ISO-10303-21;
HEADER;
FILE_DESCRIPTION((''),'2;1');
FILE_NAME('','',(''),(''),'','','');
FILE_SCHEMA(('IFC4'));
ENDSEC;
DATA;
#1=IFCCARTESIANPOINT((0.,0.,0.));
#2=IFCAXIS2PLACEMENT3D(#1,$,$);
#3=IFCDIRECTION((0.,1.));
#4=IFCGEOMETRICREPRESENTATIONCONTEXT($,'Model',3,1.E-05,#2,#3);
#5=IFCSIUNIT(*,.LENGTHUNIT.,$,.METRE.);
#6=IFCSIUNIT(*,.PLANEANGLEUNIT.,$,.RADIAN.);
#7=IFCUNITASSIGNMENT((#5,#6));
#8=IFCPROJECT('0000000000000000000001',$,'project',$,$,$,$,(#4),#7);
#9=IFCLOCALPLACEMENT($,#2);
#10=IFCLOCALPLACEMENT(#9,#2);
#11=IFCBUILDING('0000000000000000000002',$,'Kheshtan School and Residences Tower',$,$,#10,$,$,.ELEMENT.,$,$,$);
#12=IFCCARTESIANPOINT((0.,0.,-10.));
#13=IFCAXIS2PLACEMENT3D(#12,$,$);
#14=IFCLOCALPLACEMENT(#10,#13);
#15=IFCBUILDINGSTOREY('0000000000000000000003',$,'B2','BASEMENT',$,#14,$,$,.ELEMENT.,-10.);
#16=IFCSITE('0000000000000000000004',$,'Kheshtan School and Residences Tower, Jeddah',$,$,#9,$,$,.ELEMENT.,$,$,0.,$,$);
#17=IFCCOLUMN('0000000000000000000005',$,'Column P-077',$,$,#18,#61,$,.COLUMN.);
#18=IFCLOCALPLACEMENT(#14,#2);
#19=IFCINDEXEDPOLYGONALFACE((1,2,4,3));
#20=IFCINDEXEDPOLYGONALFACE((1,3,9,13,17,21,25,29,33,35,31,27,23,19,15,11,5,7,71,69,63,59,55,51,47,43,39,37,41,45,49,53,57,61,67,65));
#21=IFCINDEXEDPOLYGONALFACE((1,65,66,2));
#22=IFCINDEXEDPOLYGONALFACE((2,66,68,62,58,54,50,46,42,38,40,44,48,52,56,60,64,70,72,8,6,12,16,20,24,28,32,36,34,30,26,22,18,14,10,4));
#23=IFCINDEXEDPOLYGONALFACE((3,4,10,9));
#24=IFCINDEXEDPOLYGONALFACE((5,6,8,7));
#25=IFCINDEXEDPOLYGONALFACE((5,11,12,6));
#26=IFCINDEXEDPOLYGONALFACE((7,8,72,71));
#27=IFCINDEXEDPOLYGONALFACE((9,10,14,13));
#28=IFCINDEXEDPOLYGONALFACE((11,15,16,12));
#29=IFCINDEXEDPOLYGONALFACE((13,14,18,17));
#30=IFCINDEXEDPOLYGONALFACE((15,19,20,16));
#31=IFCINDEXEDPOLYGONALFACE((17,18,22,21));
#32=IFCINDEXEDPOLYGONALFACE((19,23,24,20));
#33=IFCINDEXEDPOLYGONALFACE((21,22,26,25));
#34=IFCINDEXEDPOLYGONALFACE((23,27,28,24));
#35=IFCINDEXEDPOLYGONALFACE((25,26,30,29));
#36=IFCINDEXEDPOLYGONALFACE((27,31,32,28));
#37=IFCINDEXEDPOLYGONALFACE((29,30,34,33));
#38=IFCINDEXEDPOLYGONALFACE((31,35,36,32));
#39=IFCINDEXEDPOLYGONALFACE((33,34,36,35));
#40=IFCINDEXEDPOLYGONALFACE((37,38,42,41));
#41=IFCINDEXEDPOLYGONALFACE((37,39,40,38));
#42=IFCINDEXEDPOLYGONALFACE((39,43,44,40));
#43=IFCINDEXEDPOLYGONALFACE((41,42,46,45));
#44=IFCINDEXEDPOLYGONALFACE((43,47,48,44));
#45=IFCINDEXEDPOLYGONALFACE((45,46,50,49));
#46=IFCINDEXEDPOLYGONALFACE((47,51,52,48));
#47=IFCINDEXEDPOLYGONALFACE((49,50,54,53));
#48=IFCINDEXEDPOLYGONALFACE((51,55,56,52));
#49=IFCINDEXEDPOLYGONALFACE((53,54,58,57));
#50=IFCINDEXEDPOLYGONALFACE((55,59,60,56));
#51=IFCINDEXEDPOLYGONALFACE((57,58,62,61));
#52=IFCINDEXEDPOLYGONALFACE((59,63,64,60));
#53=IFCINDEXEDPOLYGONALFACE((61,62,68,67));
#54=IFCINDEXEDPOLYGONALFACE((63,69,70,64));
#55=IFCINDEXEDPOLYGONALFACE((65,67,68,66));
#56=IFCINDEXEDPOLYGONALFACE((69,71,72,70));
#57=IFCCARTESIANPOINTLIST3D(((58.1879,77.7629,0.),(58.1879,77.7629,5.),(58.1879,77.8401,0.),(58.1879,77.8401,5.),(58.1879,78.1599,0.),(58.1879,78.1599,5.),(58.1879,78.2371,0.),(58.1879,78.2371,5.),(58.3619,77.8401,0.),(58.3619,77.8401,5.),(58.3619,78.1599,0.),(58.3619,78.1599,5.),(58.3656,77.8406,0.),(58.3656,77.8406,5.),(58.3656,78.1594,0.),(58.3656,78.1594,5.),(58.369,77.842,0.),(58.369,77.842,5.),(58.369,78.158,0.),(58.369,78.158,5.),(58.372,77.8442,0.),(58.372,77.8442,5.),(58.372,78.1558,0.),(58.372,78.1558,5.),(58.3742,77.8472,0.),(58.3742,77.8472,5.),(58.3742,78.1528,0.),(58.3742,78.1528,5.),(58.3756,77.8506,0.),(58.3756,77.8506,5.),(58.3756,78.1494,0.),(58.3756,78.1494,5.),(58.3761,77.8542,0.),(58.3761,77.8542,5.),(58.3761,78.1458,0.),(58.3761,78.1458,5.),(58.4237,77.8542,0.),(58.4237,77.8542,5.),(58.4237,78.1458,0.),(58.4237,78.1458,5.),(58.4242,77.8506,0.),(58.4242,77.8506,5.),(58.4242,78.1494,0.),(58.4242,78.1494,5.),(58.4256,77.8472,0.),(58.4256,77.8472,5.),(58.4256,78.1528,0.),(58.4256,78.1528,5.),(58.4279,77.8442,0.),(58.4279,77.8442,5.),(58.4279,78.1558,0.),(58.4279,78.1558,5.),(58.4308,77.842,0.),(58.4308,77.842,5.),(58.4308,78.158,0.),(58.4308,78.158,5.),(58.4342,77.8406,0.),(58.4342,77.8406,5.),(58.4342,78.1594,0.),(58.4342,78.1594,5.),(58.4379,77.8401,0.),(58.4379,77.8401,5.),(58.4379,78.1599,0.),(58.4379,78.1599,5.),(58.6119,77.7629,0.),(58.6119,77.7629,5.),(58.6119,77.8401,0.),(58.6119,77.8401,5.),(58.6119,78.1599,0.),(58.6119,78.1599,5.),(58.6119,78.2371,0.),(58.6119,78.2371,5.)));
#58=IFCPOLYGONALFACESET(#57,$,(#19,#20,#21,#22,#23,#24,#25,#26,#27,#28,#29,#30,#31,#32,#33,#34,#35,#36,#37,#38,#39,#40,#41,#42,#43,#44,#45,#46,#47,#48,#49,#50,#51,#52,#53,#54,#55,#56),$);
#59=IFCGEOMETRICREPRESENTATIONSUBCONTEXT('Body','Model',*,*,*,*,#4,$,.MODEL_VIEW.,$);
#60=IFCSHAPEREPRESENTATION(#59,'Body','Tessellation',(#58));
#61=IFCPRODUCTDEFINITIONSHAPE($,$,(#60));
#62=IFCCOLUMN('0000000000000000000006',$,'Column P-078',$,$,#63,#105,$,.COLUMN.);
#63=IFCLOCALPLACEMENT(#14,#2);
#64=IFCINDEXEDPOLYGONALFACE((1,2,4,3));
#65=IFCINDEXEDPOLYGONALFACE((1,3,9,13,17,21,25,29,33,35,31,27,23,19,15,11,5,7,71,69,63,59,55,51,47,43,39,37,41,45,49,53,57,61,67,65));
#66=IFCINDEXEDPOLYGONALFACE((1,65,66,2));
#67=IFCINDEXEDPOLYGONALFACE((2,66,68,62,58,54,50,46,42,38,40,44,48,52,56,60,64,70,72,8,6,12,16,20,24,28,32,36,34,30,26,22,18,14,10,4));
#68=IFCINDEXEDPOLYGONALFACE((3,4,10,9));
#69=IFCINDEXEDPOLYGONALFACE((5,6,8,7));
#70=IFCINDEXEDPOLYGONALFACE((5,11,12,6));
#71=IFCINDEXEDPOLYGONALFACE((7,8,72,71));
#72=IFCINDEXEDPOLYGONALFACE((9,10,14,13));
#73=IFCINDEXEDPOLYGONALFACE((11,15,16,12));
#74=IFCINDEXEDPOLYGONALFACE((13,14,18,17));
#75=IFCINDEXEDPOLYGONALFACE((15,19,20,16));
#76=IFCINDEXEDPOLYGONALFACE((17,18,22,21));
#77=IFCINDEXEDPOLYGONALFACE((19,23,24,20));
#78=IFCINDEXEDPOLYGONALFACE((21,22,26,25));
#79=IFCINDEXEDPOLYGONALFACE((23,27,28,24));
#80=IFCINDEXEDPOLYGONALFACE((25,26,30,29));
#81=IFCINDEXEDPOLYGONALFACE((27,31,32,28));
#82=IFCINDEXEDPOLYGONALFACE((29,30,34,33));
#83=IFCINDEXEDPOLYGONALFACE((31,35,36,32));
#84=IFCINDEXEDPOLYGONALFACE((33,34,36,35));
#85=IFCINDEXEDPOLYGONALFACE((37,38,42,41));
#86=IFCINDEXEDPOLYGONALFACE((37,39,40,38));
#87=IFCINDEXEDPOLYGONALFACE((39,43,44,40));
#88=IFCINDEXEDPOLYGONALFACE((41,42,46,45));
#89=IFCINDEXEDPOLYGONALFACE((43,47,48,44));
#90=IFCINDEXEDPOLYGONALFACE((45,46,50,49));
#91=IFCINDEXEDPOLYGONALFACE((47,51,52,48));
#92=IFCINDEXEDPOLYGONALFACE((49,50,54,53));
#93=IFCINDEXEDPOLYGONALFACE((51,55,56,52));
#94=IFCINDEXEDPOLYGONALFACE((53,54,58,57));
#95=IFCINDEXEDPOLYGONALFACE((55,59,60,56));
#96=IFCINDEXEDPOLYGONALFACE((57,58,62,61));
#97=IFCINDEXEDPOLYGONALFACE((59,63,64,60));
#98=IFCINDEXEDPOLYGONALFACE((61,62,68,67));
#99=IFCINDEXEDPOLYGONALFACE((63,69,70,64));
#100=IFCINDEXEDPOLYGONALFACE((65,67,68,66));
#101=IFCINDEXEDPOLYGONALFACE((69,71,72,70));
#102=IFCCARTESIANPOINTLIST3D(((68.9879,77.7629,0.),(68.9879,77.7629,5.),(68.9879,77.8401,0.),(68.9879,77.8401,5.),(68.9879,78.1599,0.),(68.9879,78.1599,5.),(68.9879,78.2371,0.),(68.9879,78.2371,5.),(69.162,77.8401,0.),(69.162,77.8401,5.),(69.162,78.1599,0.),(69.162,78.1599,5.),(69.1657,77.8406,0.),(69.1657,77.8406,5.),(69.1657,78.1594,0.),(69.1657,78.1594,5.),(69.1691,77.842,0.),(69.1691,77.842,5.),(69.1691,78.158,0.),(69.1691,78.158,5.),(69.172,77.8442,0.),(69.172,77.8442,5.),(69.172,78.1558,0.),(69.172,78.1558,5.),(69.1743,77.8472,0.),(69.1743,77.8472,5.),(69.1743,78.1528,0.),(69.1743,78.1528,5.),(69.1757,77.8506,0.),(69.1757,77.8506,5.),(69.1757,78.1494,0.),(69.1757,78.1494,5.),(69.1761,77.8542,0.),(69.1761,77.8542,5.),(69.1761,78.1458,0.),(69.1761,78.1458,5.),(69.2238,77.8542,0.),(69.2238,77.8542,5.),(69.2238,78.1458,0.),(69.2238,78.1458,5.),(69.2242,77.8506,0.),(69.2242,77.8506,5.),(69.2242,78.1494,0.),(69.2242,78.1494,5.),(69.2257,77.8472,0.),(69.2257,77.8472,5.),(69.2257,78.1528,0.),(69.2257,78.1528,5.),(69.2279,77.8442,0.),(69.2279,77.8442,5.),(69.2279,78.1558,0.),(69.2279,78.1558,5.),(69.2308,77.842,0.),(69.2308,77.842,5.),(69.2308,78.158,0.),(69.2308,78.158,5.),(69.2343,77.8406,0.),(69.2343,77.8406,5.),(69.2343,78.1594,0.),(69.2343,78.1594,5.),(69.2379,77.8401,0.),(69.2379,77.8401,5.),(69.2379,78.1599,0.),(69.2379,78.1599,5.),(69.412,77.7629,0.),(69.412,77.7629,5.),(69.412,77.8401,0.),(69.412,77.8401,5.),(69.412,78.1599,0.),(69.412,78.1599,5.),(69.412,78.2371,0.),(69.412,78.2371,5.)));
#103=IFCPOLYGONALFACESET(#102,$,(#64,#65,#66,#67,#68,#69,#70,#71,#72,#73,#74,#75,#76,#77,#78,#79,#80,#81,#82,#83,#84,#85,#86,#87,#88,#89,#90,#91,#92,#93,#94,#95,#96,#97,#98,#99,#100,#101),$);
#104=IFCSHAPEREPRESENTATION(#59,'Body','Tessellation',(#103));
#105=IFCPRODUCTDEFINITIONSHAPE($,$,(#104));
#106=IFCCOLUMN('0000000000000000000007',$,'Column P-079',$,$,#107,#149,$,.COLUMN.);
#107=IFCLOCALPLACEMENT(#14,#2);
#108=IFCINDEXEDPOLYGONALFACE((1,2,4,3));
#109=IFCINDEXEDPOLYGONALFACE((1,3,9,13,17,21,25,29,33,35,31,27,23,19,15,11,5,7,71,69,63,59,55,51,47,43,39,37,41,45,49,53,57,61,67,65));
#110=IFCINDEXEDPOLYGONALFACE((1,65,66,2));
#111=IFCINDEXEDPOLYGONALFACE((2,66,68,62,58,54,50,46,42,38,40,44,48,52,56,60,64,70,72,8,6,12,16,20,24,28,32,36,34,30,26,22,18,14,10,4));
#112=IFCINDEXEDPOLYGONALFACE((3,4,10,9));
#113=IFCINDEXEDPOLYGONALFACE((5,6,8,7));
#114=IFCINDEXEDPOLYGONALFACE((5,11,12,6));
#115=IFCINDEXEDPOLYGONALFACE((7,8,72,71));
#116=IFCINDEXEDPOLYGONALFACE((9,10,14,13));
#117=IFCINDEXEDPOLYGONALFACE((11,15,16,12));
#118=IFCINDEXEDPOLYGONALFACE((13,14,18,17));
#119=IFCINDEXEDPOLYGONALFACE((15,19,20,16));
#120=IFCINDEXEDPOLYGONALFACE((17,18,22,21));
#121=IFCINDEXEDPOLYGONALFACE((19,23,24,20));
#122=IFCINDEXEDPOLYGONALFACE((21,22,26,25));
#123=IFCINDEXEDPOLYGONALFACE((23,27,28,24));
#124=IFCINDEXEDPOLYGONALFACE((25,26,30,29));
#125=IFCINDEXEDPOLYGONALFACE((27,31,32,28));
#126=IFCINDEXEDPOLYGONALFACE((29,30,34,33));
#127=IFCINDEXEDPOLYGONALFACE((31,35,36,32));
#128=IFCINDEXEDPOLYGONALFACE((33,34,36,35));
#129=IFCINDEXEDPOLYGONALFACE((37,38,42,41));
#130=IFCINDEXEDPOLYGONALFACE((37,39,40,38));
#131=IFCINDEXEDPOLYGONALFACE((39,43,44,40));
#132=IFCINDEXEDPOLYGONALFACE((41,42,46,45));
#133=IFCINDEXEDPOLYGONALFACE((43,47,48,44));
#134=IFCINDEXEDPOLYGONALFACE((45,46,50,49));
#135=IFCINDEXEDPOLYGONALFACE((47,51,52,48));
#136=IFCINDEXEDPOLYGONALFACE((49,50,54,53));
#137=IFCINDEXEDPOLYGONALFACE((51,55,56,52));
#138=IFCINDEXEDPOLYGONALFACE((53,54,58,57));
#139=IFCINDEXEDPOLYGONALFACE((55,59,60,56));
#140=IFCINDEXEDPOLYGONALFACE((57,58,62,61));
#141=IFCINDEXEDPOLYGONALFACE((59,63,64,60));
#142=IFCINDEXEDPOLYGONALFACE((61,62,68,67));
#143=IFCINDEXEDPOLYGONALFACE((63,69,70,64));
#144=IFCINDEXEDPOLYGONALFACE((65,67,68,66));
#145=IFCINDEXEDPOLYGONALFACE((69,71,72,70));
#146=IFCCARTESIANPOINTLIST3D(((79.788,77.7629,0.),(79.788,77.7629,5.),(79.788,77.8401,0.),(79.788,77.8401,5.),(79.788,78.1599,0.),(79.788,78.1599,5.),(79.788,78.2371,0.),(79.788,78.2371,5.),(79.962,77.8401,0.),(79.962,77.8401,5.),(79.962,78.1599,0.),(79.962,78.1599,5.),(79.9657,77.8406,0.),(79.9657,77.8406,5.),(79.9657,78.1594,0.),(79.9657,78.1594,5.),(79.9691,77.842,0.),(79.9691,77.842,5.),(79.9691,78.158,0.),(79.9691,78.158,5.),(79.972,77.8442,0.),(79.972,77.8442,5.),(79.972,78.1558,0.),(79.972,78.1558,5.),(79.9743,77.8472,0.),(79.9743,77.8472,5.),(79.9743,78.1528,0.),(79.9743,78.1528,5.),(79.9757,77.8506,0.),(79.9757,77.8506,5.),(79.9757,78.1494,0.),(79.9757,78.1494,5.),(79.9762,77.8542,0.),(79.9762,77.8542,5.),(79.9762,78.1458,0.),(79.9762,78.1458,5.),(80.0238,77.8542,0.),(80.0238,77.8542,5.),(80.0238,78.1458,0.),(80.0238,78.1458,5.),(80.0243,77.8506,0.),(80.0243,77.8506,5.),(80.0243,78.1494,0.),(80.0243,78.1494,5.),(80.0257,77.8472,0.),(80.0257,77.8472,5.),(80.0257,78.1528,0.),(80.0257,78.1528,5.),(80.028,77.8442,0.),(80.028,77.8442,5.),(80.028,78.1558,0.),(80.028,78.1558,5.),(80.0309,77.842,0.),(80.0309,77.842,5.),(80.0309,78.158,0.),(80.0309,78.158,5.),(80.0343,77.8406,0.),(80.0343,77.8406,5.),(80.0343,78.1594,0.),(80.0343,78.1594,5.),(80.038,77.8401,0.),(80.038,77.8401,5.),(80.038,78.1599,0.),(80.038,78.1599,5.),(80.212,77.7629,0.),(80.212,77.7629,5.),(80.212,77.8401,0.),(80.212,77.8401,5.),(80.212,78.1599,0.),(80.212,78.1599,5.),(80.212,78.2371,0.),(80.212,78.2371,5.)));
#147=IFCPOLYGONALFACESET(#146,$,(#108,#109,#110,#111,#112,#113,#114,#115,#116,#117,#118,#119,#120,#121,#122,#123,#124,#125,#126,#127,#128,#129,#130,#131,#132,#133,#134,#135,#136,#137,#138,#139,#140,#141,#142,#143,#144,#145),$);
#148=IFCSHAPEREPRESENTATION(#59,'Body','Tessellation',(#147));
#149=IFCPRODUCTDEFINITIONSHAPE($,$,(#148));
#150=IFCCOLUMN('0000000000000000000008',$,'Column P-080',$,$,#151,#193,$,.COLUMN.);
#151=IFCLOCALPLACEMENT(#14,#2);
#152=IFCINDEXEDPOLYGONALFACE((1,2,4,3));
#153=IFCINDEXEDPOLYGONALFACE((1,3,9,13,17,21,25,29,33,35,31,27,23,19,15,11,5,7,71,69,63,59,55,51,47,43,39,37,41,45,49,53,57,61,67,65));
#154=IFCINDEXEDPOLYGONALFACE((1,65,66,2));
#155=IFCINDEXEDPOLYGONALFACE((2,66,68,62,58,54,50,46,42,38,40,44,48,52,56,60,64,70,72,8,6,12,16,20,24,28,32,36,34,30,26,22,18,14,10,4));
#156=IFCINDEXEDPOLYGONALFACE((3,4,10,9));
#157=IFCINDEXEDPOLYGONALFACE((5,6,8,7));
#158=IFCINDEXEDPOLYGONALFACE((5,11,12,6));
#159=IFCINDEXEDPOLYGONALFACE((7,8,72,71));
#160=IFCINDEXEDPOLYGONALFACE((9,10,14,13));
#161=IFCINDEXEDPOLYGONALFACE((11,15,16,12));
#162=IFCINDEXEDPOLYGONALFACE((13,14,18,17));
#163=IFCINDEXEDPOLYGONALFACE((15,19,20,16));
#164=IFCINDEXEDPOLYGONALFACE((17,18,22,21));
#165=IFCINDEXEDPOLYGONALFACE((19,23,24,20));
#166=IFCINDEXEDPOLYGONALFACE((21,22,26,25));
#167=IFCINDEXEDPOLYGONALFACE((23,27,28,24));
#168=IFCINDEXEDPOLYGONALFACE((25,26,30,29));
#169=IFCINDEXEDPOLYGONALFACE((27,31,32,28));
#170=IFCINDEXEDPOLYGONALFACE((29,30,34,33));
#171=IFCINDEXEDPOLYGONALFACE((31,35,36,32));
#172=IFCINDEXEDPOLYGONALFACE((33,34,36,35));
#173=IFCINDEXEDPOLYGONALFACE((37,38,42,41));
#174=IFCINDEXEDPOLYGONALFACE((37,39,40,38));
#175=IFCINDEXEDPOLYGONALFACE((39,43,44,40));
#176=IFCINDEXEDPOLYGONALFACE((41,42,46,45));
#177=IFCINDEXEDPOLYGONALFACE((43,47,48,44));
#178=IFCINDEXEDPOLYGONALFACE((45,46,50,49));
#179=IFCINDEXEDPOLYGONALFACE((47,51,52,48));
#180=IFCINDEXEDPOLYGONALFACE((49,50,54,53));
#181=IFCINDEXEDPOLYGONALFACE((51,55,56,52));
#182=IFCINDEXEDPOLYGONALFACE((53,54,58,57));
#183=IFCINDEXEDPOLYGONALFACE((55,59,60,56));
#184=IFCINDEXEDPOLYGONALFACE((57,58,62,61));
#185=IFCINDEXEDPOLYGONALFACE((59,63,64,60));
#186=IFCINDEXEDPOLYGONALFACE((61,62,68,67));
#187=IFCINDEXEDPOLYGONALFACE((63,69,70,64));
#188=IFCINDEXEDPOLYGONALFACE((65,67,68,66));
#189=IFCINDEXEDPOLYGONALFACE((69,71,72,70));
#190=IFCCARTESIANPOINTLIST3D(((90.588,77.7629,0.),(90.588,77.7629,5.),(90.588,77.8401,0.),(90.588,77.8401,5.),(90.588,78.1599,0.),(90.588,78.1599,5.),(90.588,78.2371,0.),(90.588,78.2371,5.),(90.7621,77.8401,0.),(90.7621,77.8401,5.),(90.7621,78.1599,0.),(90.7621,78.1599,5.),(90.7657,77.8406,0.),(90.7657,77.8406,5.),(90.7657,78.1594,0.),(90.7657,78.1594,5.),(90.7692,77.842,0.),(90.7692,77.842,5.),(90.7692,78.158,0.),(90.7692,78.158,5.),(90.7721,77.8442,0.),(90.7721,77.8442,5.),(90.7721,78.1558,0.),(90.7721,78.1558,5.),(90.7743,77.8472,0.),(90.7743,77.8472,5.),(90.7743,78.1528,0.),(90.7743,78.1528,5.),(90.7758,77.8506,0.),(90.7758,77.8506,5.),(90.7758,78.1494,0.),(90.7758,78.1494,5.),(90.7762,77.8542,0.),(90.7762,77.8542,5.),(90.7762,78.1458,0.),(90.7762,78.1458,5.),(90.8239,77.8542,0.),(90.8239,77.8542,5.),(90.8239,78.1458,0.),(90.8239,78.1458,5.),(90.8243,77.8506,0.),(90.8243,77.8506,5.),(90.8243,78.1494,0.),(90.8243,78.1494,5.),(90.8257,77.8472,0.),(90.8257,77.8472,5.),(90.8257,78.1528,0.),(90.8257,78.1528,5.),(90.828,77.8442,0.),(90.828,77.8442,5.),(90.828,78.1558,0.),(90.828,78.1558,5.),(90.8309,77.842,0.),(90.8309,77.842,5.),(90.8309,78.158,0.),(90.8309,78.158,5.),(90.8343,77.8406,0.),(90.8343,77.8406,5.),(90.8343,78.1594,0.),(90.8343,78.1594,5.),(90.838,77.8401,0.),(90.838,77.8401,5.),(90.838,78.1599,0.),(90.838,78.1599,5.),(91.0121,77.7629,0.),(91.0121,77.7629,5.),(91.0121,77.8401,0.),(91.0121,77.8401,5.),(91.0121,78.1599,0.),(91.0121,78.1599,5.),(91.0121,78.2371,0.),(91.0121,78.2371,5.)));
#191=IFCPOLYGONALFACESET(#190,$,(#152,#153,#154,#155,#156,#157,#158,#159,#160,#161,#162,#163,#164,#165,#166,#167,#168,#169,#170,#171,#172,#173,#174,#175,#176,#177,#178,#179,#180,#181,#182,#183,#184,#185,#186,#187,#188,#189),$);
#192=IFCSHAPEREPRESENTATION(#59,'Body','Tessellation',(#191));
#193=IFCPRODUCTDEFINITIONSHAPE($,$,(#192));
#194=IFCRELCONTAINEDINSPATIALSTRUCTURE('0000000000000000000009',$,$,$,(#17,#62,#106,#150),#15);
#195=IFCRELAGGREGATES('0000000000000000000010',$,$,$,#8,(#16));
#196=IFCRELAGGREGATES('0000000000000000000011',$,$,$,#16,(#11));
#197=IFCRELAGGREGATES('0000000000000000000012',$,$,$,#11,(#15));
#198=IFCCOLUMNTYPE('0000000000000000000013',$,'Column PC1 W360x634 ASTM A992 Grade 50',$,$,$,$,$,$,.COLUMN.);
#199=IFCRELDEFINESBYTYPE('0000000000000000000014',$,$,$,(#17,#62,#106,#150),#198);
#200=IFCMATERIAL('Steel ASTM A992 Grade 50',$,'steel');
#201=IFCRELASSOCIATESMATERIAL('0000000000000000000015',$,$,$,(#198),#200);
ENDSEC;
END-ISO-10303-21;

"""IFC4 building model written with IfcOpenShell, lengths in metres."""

from ifc_helpers import new_model, si_unit, direction, frame, origin, origin_2d, place, context, subcontext, project, spatial, i_section, extrude, material, material_profile, profile_set, type_object, element, save


model = new_model("IFC4")

# Units and contexts
model_context = context("Model", 3, precision=1e-05, world=origin(), true_north=direction((0.0, 1.0)))
body_context = subcontext(model_context, "Body", "Model", "MODEL_VIEW")
ifc_project = project(units=[si_unit("LENGTHUNIT", "METRE"), si_unit("PLANEANGLEUNIT", "RADIAN")], contexts=[model_context])

# Site, building, storey
site_placement = place(None, origin())
site = spatial("IfcSite", under=ifc_project, at=site_placement, Name="Kheshtan School and Residences Tower, Jeddah", CompositionType="ELEMENT", RefElevation=0.0)
building_placement = place(site_placement, origin())
building = spatial("IfcBuilding", under=site, at=building_placement, Name="Kheshtan School and Residences Tower", CompositionType="ELEMENT")
storey_placement = place(building_placement, frame((0.0, 0.0, -10.0)))
storey = spatial("IfcBuildingStorey", under=building, at=storey_placement, Name="B2", Description="BASEMENT", CompositionType="ELEMENT", Elevation=-10.0)

# Columns
ifc_material_1 = material(Name="Steel ASTM A992 Grade 50", Category="steel")
ifc_material_profile_1 = material_profile(ifc_material_1, i_section(OverallWidth=0.4241, OverallDepth=0.4741, WebThickness=0.0476, FlangeThickness=0.0771, FilletRadius=0.0142, at=origin_2d()), Name="W360x634")
ifc_profile_set_1 = profile_set([ifc_material_profile_1], Name="Steel ASTM A992 Grade 50")
column_type = type_object("IfcColumnType", Name="Column PC1 W360x634 ASTM A992 Grade 50", PredefinedType="COLUMN", material=ifc_profile_set_1)
for number, where, z_axis, x_axis, name in (
    (1, (58.3999, 78.0, 0.0), (0.0, 0.0, 1.0), (1.0, 0.0, 0.0), "Column P-077"),
    (2, (69.2, 78.0, 0.0), (0.0, 0.0, 1.0), (1.0, 0.0, 0.0), "Column P-078"),
    (3, (80.0, 78.0, 0.0), (0.0, 0.0, 1.0), (1.0, 0.0, 0.0), "Column P-079"),
    (4, (90.8, 78.0, 0.0), (0.0, 0.0, 1.0), (1.0, 0.0, 0.0), "Column P-080"),
):
    element("IfcColumn", number, at=place(storey_placement, frame(where, z_axis=z_axis, x_axis=x_axis)), inside=storey, type_object=column_type, Name=name, PredefinedType="COLUMN", context=body_context, shape_type="SweptSolid", body=[
        extrude(i_section(OverallWidth=0.4241, OverallDepth=0.4741, WebThickness=0.0476, FlangeThickness=0.0771, FilletRadius=0.0142, at=origin_2d()), origin(), (0.0, 0.0, 1.0), 5.0),
    ])

save(model, "model.ifc")
